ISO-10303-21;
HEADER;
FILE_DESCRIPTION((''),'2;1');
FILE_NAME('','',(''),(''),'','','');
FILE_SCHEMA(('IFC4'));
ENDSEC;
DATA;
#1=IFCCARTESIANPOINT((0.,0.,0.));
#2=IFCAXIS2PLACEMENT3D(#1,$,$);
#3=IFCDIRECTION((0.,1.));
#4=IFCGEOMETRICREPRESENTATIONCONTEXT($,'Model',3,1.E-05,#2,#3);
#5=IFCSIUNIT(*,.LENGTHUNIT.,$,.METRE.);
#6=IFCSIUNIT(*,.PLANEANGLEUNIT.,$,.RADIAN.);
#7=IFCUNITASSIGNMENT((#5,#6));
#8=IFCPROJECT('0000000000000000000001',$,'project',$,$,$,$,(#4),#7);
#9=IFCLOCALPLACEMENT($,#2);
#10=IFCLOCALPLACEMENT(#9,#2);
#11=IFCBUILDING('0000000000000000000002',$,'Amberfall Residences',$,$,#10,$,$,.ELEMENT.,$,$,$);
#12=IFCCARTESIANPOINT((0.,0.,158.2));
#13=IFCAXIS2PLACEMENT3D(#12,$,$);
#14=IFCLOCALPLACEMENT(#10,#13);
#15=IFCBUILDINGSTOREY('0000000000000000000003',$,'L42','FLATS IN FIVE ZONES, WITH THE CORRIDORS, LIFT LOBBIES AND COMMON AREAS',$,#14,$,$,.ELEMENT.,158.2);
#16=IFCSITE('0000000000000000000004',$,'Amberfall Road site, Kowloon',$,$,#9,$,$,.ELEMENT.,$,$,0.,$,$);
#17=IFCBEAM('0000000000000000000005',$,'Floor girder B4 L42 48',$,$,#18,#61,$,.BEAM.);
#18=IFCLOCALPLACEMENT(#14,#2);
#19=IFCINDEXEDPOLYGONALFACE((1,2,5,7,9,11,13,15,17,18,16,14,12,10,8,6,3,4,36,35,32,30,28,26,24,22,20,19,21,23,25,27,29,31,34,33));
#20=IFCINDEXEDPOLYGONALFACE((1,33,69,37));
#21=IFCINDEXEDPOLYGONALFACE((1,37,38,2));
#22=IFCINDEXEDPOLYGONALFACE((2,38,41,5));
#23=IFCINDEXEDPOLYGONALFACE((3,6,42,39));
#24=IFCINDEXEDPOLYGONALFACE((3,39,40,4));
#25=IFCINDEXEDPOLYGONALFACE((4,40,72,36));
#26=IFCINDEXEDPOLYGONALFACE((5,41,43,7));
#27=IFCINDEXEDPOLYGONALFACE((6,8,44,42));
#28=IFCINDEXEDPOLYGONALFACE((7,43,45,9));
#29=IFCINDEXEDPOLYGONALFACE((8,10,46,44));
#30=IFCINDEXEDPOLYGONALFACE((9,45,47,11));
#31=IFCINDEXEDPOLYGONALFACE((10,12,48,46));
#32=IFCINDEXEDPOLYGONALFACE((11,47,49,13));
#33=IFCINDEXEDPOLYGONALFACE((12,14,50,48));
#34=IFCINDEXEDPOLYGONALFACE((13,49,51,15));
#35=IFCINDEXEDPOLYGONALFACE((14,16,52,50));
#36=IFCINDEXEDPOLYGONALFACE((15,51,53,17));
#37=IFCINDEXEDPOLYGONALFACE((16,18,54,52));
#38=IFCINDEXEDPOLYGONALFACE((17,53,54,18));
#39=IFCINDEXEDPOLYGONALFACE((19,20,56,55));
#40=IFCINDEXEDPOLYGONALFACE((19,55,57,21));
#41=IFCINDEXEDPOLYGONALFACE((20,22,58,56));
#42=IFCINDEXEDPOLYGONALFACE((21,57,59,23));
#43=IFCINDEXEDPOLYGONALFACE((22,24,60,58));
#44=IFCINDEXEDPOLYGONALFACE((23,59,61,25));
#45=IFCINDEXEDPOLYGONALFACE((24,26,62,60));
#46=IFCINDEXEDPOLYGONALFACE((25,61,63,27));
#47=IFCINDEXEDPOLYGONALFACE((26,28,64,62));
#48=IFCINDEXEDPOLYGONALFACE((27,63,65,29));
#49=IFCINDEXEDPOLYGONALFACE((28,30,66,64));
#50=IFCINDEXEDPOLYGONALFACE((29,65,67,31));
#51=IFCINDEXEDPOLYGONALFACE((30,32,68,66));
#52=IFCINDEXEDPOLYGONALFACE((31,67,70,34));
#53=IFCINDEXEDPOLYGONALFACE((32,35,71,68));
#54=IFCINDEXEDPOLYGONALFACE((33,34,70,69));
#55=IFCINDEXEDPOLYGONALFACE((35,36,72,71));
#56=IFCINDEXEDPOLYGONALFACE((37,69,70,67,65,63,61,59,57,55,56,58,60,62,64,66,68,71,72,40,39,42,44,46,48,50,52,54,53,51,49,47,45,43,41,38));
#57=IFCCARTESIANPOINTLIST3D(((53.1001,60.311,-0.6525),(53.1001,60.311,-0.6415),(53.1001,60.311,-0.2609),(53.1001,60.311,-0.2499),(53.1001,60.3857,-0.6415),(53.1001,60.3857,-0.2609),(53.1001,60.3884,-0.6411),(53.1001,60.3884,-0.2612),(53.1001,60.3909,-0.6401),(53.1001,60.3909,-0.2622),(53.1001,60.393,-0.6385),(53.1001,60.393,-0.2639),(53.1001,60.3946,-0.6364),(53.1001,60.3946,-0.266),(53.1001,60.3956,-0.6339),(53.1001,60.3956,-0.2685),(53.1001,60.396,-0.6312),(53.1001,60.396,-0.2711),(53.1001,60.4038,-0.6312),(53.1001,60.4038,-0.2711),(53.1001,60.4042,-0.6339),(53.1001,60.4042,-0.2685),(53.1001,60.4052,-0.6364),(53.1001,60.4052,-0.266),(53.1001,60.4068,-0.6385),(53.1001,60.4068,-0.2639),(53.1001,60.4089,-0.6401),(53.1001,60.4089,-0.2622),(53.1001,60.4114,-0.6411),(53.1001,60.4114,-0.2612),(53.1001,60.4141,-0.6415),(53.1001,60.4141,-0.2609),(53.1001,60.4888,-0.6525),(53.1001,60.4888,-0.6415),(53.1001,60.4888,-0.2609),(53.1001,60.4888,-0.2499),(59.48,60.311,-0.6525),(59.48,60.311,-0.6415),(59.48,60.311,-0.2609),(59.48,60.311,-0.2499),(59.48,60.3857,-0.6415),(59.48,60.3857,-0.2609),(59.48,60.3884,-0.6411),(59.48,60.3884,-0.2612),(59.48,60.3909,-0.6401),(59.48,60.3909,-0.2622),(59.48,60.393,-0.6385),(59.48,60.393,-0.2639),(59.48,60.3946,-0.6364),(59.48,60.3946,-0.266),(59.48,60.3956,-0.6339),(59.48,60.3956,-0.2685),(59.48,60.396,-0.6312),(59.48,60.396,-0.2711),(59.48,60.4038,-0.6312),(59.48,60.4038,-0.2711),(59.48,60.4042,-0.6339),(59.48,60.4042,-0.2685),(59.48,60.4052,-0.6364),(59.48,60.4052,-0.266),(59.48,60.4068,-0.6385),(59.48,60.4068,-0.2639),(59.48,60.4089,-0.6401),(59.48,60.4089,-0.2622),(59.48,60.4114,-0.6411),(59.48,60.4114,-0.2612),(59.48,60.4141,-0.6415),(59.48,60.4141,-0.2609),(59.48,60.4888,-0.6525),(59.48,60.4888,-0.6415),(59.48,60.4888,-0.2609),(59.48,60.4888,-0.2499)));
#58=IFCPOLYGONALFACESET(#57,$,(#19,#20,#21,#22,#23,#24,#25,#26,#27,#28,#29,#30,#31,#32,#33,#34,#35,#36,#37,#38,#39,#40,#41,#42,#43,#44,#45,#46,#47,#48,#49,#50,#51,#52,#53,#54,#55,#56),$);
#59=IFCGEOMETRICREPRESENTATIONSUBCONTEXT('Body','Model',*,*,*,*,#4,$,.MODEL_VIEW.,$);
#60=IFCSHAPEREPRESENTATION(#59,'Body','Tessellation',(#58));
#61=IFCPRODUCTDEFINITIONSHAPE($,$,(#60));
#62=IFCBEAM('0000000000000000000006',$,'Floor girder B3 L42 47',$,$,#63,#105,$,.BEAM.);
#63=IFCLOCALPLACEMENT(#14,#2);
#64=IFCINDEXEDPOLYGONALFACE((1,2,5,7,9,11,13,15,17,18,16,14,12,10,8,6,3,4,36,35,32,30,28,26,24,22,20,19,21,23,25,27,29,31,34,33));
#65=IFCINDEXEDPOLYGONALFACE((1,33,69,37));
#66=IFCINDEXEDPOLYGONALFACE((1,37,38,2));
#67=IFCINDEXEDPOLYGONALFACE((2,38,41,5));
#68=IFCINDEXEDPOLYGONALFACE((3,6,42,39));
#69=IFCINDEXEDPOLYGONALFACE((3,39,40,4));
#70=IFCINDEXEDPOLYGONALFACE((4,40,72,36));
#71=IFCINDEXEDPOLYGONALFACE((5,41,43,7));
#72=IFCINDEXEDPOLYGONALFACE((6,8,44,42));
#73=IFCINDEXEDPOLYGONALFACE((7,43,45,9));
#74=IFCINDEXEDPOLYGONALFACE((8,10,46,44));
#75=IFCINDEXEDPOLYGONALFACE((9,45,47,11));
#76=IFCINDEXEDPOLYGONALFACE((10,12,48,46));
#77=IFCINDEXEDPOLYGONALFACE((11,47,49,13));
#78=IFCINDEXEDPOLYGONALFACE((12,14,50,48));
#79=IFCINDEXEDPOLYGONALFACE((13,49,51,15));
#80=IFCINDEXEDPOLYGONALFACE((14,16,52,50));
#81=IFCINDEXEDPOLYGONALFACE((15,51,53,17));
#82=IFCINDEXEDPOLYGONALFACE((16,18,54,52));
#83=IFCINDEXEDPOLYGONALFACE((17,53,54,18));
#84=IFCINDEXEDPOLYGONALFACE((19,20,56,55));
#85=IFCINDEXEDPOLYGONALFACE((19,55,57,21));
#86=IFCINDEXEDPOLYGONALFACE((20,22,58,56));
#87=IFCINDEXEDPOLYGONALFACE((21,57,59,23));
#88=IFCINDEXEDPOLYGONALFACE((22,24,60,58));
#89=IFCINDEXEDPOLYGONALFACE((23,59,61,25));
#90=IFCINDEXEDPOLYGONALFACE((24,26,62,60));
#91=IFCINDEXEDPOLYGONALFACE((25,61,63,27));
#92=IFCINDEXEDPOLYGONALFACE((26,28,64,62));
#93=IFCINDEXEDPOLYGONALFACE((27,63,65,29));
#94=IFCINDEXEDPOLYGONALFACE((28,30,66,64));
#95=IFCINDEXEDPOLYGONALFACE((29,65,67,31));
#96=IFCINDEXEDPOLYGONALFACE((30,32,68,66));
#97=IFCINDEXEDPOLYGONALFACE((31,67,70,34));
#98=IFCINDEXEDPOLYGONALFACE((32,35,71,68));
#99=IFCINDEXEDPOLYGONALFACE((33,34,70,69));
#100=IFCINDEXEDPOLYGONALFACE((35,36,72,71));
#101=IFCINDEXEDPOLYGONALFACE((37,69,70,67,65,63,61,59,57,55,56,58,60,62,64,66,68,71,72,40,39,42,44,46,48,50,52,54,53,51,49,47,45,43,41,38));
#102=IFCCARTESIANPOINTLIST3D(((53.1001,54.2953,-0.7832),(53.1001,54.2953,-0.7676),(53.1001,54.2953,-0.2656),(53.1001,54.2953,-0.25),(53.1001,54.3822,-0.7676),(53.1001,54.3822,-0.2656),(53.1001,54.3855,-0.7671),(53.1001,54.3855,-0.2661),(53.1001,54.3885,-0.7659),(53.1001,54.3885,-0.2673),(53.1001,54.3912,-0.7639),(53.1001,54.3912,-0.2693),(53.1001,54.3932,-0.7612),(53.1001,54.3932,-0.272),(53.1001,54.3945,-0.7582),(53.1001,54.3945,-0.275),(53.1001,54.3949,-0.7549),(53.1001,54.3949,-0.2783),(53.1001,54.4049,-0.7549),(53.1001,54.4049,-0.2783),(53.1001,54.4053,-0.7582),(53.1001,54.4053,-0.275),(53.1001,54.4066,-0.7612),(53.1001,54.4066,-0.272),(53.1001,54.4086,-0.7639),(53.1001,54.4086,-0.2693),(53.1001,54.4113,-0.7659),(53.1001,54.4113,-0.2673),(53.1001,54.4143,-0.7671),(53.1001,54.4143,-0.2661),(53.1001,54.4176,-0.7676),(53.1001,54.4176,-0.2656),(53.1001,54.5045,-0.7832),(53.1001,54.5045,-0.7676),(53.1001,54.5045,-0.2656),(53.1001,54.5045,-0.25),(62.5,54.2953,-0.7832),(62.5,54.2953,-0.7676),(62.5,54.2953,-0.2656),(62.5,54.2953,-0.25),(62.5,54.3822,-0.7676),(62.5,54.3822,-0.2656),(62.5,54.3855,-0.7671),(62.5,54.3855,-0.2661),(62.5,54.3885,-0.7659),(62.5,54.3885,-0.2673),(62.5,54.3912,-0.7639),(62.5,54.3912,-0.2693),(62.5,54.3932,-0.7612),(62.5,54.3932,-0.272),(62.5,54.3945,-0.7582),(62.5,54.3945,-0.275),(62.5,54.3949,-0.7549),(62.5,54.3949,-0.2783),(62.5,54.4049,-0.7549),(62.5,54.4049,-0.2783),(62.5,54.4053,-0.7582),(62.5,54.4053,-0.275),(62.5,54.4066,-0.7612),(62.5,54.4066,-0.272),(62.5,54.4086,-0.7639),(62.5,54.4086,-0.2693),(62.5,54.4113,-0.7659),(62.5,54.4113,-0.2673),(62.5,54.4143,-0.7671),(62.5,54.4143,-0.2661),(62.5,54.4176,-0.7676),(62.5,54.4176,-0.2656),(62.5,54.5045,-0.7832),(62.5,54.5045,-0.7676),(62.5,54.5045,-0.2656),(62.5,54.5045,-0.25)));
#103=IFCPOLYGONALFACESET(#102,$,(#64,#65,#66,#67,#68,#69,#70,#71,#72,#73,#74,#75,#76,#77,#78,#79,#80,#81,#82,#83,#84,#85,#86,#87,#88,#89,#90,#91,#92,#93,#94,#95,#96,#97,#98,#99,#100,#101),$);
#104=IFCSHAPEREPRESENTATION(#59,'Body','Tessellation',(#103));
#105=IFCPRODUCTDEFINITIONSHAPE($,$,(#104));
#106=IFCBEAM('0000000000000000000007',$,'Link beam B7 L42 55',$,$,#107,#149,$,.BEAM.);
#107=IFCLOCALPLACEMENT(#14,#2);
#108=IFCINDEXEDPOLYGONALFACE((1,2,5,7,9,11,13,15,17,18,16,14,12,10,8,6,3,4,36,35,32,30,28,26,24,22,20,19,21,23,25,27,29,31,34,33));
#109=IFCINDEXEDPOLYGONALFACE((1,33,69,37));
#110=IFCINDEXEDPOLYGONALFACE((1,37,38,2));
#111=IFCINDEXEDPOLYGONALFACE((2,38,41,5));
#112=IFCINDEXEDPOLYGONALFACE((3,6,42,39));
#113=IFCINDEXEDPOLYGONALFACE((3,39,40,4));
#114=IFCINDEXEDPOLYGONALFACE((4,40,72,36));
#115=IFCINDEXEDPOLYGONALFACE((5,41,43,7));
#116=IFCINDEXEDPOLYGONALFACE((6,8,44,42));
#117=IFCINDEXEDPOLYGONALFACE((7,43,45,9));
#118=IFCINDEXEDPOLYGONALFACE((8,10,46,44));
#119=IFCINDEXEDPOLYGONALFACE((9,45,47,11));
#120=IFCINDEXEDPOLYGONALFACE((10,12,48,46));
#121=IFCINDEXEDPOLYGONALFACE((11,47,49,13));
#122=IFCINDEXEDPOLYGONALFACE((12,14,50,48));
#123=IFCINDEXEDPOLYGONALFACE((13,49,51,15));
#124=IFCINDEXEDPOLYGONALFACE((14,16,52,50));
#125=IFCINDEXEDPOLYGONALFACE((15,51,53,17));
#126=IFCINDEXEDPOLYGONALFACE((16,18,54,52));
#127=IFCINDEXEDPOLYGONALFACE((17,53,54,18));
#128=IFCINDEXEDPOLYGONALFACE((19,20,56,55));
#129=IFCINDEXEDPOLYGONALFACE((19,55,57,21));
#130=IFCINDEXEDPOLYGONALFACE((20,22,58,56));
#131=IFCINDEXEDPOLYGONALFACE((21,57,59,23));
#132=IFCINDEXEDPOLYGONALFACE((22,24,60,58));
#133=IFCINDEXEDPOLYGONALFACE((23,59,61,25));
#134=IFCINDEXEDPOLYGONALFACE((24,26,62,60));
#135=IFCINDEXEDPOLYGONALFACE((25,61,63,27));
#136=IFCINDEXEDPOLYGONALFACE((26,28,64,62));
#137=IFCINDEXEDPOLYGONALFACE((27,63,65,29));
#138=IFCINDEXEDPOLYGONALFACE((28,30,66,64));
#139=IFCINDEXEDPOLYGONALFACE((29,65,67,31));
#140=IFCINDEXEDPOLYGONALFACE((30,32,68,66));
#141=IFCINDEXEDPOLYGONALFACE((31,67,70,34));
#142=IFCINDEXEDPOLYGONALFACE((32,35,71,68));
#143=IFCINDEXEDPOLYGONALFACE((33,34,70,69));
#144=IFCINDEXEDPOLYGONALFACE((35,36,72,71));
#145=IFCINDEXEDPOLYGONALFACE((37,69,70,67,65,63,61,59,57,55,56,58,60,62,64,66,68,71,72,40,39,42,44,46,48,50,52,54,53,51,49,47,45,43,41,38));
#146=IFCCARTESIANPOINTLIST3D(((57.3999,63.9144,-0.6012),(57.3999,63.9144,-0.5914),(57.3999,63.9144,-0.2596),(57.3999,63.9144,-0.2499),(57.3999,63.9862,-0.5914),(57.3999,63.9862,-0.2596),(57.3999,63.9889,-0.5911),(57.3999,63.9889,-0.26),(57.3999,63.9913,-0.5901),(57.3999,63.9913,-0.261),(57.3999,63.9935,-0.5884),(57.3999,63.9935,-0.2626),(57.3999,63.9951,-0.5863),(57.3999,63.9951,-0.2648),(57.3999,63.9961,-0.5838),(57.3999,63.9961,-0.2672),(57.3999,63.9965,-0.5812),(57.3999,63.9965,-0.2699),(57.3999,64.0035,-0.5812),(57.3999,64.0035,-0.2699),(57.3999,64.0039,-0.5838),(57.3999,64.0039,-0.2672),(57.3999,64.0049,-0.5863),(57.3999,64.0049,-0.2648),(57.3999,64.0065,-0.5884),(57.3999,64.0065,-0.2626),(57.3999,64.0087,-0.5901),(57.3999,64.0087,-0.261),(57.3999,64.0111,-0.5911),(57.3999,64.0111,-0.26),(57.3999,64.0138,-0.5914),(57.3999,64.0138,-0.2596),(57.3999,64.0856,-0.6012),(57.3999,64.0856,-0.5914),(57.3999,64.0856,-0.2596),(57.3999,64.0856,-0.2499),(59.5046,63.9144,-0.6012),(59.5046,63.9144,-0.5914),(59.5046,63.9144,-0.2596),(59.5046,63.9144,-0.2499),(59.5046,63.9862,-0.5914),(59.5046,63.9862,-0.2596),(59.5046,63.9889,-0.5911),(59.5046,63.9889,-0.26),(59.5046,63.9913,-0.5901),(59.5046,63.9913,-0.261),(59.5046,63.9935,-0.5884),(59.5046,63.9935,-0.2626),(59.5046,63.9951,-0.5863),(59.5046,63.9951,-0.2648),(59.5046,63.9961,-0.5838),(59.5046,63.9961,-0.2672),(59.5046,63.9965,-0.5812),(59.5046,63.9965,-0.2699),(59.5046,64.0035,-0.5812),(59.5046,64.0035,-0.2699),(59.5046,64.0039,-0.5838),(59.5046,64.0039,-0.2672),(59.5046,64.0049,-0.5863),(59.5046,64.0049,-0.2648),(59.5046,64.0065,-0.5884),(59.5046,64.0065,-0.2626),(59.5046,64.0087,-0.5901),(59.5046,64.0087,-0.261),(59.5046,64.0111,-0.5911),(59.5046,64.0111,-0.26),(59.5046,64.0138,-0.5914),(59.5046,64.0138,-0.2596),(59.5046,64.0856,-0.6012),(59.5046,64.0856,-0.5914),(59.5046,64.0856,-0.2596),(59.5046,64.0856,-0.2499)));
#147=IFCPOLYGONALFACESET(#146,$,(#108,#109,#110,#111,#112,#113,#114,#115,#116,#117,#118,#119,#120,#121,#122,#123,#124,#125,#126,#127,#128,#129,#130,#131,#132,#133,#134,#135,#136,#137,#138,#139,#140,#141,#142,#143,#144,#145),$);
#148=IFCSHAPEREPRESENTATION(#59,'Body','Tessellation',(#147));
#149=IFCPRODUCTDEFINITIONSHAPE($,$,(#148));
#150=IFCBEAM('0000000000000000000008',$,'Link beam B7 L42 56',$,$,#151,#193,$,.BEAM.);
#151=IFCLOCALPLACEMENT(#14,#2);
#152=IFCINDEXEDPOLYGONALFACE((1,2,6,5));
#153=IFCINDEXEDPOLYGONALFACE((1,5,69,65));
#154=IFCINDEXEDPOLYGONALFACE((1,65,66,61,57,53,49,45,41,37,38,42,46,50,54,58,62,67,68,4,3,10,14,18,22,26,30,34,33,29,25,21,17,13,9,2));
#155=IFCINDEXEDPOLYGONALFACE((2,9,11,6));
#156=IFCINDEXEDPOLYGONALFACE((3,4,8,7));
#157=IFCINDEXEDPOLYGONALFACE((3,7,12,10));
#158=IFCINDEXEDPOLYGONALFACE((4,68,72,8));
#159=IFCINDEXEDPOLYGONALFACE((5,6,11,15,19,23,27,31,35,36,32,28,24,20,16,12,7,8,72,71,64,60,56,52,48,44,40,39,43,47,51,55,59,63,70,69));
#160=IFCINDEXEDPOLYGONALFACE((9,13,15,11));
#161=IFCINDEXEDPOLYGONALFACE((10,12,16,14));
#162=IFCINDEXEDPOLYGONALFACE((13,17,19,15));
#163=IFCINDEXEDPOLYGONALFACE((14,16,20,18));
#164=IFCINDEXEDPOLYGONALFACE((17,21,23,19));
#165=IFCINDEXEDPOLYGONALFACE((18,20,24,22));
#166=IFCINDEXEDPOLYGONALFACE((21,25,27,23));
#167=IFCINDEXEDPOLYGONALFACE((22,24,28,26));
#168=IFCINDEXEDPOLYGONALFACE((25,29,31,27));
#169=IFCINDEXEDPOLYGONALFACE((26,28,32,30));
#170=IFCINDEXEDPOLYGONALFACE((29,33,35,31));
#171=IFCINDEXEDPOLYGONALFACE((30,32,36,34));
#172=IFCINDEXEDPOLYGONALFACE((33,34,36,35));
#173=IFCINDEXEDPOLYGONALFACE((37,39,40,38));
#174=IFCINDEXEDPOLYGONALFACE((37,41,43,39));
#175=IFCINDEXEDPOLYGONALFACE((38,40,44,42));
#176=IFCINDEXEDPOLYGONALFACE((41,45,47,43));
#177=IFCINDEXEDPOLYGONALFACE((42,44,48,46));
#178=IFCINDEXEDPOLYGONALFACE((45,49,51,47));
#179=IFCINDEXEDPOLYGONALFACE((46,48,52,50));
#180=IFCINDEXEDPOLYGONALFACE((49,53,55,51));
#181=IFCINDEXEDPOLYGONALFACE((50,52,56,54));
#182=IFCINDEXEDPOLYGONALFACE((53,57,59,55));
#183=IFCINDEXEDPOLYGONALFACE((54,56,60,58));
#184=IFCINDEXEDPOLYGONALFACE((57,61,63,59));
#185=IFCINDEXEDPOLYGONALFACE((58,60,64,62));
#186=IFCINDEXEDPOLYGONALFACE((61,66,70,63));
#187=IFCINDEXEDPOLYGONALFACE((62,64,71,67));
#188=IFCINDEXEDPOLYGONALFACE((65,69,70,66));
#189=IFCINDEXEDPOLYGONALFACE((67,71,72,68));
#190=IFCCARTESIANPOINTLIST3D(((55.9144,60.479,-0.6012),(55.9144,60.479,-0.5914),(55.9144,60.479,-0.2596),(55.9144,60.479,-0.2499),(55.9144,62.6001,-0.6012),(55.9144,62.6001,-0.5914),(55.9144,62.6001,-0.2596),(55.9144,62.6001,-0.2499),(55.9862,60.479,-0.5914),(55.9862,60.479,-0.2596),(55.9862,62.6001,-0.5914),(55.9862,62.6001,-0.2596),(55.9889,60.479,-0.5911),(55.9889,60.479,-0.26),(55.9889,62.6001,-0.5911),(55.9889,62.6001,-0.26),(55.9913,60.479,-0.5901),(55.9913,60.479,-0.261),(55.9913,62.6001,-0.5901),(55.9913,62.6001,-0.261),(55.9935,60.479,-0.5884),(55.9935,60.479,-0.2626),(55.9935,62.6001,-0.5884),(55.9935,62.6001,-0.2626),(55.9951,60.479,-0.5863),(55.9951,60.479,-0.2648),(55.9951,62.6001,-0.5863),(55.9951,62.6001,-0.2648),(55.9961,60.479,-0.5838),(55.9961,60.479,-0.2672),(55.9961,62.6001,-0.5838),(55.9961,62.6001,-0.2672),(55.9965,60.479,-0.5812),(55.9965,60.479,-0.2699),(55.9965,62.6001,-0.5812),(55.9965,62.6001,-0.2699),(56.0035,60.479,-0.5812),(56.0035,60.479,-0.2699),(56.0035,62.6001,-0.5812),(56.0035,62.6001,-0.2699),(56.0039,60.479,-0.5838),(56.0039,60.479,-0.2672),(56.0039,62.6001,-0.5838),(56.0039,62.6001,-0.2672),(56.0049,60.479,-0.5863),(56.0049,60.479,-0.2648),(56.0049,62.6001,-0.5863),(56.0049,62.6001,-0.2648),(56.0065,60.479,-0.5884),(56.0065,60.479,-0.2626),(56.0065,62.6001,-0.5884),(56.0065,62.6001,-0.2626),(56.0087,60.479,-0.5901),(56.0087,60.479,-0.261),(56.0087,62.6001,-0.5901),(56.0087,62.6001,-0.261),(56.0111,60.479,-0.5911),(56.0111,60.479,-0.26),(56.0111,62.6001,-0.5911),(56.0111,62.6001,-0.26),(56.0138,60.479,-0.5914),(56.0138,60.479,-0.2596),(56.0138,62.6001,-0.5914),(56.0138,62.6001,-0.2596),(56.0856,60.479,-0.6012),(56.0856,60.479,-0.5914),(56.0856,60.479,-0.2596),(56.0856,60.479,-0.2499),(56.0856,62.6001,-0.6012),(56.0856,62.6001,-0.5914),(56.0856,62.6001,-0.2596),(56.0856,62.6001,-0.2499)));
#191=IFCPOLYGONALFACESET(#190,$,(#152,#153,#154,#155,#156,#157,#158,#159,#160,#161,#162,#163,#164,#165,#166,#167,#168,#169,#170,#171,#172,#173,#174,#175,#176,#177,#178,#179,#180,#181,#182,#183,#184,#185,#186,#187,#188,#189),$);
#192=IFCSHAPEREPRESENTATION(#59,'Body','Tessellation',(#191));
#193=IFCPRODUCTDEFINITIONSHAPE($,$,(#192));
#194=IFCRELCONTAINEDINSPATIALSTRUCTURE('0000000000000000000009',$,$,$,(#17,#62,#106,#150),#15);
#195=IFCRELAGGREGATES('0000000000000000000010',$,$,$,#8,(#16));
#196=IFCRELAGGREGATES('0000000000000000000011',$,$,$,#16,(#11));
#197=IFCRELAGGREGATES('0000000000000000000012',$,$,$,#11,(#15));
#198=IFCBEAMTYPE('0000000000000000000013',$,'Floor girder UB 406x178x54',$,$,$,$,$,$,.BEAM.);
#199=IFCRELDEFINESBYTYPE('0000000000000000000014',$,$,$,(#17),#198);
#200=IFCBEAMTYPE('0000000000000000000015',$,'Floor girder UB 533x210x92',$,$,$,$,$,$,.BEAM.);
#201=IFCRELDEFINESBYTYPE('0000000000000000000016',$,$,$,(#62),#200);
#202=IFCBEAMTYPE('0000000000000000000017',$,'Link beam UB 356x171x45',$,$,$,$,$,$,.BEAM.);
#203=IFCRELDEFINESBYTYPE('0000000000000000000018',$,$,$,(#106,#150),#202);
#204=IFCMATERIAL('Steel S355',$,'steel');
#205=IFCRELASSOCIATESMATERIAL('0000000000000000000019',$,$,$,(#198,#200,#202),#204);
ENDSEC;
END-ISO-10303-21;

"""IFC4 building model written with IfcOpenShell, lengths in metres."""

from ifc_helpers import new_model, si_unit, direction, frame, origin, origin_2d, place, context, subcontext, project, spatial, i_section, extrude, material, material_profile, profile_set, type_object, element, save


model = new_model("IFC4")

# Units and contexts
model_context = context("Model", 3, precision=1e-05, world=origin(), true_north=direction((0.0, 1.0)))
body_context = subcontext(model_context, "Body", "Model", "MODEL_VIEW")
ifc_project = project(units=[si_unit("LENGTHUNIT", "METRE"), si_unit("PLANEANGLEUNIT", "RADIAN")], contexts=[model_context])

# Site, building, storey
site_placement = place(None, origin())
site = spatial("IfcSite", under=ifc_project, at=site_placement, Name="Amberfall Road site, Kowloon", CompositionType="ELEMENT", RefElevation=0.0)
building_placement = place(site_placement, origin())
building = spatial("IfcBuilding", under=site, at=building_placement, Name="Amberfall Residences", CompositionType="ELEMENT")
storey_placement = place(building_placement, frame((0.0, 0.0, 158.2)))
storey = spatial("IfcBuildingStorey", under=building, at=storey_placement, Name="L42", Description="FLATS IN FIVE ZONES, WITH THE CORRIDORS, LIFT LOBBIES AND COMMON AREAS", CompositionType="ELEMENT", Elevation=158.2)

# Shared definitions
ifc_material_1 = material(Name="Steel S355", Category="steel")

# Beams
ifc_material_profile_1 = material_profile(ifc_material_1, i_section(OverallWidth=0.1777, OverallDepth=0.4026, WebThickness=0.0078, FlangeThickness=0.011, FilletRadius=0.0103, at=origin_2d()), Name="UB 406x178x54")
ifc_profile_set_1 = profile_set([ifc_material_profile_1], Name="Steel S355")
beam_type_1 = type_object("IfcBeamType", Name="Floor girder UB 406x178x54", PredefinedType="BEAM", material=ifc_profile_set_1)
beam_1_placement = place(storey_placement, frame((53.1001, 60.3999, -0.4512), z_axis=(1.0, 0.0, 0.0), x_axis=(0.0, 1.0, 0.0)))
element("IfcBeam", 1, at=beam_1_placement, inside=storey, type_object=beam_type_1, Name="Floor girder B4 L42 48", PredefinedType="BEAM", context=body_context, shape_type="SweptSolid", body=[
    extrude(i_section(OverallWidth=0.1777, OverallDepth=0.4026, WebThickness=0.0078, FlangeThickness=0.011, FilletRadius=0.0103, at=origin_2d()), origin(), (0.0, 0.0, 1.0), 6.3799),
])
ifc_material_profile_2 = material_profile(ifc_material_1, i_section(OverallWidth=0.2092, OverallDepth=0.5332, WebThickness=0.01, FlangeThickness=0.0156, FilletRadius=0.0127, at=origin_2d()), Name="UB 533x210x92")
ifc_profile_set_2 = profile_set([ifc_material_profile_2], Name="Steel S355")
beam_type_2 = type_object("IfcBeamType", Name="Floor girder UB 533x210x92", PredefinedType="BEAM", material=ifc_profile_set_2)
beam_2_placement = place(storey_placement, frame((53.1001, 54.3999, -0.5166), z_axis=(1.0, 0.0, 0.0), x_axis=(0.0, 1.0, 0.0)))
element("IfcBeam", 2, at=beam_2_placement, inside=storey, type_object=beam_type_2, Name="Floor girder B3 L42 47", PredefinedType="BEAM", context=body_context, shape_type="SweptSolid", body=[
    extrude(i_section(OverallWidth=0.2092, OverallDepth=0.5332, WebThickness=0.01, FlangeThickness=0.0156, FilletRadius=0.0127, at=origin_2d()), origin(), (0.0, 0.0, 1.0), 9.3999),
])
ifc_material_profile_3 = material_profile(ifc_material_1, i_section(OverallWidth=0.1711, OverallDepth=0.3513, WebThickness=0.0071, FlangeThickness=0.0098, FilletRadius=0.0103, at=origin_2d()), Name="UB 356x171x45")
ifc_profile_set_3 = profile_set([ifc_material_profile_3], Name="Steel S355")
beam_type_3 = type_object("IfcBeamType", Name="Link beam UB 356x171x45", PredefinedType="BEAM", material=ifc_profile_set_3)
beam_3_placement = place(storey_placement, frame((57.3999, 64.0, -0.4255), z_axis=(1.0, 0.0, 0.0), x_axis=(0.0, 1.0, 0.0)))
element("IfcBeam", 3, at=beam_3_placement, inside=storey, type_object=beam_type_3, Name="Link beam B7 L42 55", PredefinedType="BEAM", context=body_context, shape_type="SweptSolid", body=[
    extrude(i_section(OverallWidth=0.1711, OverallDepth=0.3513, WebThickness=0.0071, FlangeThickness=0.0098, FilletRadius=0.0103, at=origin_2d()), origin(), (0.0, 0.0, 1.0), 2.1047),
])
beam_4_placement = place(storey_placement, frame((56.0, 62.6001, -0.4255), z_axis=(0.0, -1.0, 0.0), x_axis=(1.0, 0.0, 0.0)))
element("IfcBeam", 4, at=beam_4_placement, inside=storey, type_object=beam_type_3, Name="Link beam B7 L42 56", PredefinedType="BEAM", context=body_context, shape_type="SweptSolid", body=[
    extrude(i_section(OverallWidth=0.1711, OverallDepth=0.3513, WebThickness=0.0071, FlangeThickness=0.0098, FilletRadius=0.0103, at=origin_2d()), origin(), (0.0, 0.0, 1.0), 2.1211),
])

save(model, "model.ifc")
